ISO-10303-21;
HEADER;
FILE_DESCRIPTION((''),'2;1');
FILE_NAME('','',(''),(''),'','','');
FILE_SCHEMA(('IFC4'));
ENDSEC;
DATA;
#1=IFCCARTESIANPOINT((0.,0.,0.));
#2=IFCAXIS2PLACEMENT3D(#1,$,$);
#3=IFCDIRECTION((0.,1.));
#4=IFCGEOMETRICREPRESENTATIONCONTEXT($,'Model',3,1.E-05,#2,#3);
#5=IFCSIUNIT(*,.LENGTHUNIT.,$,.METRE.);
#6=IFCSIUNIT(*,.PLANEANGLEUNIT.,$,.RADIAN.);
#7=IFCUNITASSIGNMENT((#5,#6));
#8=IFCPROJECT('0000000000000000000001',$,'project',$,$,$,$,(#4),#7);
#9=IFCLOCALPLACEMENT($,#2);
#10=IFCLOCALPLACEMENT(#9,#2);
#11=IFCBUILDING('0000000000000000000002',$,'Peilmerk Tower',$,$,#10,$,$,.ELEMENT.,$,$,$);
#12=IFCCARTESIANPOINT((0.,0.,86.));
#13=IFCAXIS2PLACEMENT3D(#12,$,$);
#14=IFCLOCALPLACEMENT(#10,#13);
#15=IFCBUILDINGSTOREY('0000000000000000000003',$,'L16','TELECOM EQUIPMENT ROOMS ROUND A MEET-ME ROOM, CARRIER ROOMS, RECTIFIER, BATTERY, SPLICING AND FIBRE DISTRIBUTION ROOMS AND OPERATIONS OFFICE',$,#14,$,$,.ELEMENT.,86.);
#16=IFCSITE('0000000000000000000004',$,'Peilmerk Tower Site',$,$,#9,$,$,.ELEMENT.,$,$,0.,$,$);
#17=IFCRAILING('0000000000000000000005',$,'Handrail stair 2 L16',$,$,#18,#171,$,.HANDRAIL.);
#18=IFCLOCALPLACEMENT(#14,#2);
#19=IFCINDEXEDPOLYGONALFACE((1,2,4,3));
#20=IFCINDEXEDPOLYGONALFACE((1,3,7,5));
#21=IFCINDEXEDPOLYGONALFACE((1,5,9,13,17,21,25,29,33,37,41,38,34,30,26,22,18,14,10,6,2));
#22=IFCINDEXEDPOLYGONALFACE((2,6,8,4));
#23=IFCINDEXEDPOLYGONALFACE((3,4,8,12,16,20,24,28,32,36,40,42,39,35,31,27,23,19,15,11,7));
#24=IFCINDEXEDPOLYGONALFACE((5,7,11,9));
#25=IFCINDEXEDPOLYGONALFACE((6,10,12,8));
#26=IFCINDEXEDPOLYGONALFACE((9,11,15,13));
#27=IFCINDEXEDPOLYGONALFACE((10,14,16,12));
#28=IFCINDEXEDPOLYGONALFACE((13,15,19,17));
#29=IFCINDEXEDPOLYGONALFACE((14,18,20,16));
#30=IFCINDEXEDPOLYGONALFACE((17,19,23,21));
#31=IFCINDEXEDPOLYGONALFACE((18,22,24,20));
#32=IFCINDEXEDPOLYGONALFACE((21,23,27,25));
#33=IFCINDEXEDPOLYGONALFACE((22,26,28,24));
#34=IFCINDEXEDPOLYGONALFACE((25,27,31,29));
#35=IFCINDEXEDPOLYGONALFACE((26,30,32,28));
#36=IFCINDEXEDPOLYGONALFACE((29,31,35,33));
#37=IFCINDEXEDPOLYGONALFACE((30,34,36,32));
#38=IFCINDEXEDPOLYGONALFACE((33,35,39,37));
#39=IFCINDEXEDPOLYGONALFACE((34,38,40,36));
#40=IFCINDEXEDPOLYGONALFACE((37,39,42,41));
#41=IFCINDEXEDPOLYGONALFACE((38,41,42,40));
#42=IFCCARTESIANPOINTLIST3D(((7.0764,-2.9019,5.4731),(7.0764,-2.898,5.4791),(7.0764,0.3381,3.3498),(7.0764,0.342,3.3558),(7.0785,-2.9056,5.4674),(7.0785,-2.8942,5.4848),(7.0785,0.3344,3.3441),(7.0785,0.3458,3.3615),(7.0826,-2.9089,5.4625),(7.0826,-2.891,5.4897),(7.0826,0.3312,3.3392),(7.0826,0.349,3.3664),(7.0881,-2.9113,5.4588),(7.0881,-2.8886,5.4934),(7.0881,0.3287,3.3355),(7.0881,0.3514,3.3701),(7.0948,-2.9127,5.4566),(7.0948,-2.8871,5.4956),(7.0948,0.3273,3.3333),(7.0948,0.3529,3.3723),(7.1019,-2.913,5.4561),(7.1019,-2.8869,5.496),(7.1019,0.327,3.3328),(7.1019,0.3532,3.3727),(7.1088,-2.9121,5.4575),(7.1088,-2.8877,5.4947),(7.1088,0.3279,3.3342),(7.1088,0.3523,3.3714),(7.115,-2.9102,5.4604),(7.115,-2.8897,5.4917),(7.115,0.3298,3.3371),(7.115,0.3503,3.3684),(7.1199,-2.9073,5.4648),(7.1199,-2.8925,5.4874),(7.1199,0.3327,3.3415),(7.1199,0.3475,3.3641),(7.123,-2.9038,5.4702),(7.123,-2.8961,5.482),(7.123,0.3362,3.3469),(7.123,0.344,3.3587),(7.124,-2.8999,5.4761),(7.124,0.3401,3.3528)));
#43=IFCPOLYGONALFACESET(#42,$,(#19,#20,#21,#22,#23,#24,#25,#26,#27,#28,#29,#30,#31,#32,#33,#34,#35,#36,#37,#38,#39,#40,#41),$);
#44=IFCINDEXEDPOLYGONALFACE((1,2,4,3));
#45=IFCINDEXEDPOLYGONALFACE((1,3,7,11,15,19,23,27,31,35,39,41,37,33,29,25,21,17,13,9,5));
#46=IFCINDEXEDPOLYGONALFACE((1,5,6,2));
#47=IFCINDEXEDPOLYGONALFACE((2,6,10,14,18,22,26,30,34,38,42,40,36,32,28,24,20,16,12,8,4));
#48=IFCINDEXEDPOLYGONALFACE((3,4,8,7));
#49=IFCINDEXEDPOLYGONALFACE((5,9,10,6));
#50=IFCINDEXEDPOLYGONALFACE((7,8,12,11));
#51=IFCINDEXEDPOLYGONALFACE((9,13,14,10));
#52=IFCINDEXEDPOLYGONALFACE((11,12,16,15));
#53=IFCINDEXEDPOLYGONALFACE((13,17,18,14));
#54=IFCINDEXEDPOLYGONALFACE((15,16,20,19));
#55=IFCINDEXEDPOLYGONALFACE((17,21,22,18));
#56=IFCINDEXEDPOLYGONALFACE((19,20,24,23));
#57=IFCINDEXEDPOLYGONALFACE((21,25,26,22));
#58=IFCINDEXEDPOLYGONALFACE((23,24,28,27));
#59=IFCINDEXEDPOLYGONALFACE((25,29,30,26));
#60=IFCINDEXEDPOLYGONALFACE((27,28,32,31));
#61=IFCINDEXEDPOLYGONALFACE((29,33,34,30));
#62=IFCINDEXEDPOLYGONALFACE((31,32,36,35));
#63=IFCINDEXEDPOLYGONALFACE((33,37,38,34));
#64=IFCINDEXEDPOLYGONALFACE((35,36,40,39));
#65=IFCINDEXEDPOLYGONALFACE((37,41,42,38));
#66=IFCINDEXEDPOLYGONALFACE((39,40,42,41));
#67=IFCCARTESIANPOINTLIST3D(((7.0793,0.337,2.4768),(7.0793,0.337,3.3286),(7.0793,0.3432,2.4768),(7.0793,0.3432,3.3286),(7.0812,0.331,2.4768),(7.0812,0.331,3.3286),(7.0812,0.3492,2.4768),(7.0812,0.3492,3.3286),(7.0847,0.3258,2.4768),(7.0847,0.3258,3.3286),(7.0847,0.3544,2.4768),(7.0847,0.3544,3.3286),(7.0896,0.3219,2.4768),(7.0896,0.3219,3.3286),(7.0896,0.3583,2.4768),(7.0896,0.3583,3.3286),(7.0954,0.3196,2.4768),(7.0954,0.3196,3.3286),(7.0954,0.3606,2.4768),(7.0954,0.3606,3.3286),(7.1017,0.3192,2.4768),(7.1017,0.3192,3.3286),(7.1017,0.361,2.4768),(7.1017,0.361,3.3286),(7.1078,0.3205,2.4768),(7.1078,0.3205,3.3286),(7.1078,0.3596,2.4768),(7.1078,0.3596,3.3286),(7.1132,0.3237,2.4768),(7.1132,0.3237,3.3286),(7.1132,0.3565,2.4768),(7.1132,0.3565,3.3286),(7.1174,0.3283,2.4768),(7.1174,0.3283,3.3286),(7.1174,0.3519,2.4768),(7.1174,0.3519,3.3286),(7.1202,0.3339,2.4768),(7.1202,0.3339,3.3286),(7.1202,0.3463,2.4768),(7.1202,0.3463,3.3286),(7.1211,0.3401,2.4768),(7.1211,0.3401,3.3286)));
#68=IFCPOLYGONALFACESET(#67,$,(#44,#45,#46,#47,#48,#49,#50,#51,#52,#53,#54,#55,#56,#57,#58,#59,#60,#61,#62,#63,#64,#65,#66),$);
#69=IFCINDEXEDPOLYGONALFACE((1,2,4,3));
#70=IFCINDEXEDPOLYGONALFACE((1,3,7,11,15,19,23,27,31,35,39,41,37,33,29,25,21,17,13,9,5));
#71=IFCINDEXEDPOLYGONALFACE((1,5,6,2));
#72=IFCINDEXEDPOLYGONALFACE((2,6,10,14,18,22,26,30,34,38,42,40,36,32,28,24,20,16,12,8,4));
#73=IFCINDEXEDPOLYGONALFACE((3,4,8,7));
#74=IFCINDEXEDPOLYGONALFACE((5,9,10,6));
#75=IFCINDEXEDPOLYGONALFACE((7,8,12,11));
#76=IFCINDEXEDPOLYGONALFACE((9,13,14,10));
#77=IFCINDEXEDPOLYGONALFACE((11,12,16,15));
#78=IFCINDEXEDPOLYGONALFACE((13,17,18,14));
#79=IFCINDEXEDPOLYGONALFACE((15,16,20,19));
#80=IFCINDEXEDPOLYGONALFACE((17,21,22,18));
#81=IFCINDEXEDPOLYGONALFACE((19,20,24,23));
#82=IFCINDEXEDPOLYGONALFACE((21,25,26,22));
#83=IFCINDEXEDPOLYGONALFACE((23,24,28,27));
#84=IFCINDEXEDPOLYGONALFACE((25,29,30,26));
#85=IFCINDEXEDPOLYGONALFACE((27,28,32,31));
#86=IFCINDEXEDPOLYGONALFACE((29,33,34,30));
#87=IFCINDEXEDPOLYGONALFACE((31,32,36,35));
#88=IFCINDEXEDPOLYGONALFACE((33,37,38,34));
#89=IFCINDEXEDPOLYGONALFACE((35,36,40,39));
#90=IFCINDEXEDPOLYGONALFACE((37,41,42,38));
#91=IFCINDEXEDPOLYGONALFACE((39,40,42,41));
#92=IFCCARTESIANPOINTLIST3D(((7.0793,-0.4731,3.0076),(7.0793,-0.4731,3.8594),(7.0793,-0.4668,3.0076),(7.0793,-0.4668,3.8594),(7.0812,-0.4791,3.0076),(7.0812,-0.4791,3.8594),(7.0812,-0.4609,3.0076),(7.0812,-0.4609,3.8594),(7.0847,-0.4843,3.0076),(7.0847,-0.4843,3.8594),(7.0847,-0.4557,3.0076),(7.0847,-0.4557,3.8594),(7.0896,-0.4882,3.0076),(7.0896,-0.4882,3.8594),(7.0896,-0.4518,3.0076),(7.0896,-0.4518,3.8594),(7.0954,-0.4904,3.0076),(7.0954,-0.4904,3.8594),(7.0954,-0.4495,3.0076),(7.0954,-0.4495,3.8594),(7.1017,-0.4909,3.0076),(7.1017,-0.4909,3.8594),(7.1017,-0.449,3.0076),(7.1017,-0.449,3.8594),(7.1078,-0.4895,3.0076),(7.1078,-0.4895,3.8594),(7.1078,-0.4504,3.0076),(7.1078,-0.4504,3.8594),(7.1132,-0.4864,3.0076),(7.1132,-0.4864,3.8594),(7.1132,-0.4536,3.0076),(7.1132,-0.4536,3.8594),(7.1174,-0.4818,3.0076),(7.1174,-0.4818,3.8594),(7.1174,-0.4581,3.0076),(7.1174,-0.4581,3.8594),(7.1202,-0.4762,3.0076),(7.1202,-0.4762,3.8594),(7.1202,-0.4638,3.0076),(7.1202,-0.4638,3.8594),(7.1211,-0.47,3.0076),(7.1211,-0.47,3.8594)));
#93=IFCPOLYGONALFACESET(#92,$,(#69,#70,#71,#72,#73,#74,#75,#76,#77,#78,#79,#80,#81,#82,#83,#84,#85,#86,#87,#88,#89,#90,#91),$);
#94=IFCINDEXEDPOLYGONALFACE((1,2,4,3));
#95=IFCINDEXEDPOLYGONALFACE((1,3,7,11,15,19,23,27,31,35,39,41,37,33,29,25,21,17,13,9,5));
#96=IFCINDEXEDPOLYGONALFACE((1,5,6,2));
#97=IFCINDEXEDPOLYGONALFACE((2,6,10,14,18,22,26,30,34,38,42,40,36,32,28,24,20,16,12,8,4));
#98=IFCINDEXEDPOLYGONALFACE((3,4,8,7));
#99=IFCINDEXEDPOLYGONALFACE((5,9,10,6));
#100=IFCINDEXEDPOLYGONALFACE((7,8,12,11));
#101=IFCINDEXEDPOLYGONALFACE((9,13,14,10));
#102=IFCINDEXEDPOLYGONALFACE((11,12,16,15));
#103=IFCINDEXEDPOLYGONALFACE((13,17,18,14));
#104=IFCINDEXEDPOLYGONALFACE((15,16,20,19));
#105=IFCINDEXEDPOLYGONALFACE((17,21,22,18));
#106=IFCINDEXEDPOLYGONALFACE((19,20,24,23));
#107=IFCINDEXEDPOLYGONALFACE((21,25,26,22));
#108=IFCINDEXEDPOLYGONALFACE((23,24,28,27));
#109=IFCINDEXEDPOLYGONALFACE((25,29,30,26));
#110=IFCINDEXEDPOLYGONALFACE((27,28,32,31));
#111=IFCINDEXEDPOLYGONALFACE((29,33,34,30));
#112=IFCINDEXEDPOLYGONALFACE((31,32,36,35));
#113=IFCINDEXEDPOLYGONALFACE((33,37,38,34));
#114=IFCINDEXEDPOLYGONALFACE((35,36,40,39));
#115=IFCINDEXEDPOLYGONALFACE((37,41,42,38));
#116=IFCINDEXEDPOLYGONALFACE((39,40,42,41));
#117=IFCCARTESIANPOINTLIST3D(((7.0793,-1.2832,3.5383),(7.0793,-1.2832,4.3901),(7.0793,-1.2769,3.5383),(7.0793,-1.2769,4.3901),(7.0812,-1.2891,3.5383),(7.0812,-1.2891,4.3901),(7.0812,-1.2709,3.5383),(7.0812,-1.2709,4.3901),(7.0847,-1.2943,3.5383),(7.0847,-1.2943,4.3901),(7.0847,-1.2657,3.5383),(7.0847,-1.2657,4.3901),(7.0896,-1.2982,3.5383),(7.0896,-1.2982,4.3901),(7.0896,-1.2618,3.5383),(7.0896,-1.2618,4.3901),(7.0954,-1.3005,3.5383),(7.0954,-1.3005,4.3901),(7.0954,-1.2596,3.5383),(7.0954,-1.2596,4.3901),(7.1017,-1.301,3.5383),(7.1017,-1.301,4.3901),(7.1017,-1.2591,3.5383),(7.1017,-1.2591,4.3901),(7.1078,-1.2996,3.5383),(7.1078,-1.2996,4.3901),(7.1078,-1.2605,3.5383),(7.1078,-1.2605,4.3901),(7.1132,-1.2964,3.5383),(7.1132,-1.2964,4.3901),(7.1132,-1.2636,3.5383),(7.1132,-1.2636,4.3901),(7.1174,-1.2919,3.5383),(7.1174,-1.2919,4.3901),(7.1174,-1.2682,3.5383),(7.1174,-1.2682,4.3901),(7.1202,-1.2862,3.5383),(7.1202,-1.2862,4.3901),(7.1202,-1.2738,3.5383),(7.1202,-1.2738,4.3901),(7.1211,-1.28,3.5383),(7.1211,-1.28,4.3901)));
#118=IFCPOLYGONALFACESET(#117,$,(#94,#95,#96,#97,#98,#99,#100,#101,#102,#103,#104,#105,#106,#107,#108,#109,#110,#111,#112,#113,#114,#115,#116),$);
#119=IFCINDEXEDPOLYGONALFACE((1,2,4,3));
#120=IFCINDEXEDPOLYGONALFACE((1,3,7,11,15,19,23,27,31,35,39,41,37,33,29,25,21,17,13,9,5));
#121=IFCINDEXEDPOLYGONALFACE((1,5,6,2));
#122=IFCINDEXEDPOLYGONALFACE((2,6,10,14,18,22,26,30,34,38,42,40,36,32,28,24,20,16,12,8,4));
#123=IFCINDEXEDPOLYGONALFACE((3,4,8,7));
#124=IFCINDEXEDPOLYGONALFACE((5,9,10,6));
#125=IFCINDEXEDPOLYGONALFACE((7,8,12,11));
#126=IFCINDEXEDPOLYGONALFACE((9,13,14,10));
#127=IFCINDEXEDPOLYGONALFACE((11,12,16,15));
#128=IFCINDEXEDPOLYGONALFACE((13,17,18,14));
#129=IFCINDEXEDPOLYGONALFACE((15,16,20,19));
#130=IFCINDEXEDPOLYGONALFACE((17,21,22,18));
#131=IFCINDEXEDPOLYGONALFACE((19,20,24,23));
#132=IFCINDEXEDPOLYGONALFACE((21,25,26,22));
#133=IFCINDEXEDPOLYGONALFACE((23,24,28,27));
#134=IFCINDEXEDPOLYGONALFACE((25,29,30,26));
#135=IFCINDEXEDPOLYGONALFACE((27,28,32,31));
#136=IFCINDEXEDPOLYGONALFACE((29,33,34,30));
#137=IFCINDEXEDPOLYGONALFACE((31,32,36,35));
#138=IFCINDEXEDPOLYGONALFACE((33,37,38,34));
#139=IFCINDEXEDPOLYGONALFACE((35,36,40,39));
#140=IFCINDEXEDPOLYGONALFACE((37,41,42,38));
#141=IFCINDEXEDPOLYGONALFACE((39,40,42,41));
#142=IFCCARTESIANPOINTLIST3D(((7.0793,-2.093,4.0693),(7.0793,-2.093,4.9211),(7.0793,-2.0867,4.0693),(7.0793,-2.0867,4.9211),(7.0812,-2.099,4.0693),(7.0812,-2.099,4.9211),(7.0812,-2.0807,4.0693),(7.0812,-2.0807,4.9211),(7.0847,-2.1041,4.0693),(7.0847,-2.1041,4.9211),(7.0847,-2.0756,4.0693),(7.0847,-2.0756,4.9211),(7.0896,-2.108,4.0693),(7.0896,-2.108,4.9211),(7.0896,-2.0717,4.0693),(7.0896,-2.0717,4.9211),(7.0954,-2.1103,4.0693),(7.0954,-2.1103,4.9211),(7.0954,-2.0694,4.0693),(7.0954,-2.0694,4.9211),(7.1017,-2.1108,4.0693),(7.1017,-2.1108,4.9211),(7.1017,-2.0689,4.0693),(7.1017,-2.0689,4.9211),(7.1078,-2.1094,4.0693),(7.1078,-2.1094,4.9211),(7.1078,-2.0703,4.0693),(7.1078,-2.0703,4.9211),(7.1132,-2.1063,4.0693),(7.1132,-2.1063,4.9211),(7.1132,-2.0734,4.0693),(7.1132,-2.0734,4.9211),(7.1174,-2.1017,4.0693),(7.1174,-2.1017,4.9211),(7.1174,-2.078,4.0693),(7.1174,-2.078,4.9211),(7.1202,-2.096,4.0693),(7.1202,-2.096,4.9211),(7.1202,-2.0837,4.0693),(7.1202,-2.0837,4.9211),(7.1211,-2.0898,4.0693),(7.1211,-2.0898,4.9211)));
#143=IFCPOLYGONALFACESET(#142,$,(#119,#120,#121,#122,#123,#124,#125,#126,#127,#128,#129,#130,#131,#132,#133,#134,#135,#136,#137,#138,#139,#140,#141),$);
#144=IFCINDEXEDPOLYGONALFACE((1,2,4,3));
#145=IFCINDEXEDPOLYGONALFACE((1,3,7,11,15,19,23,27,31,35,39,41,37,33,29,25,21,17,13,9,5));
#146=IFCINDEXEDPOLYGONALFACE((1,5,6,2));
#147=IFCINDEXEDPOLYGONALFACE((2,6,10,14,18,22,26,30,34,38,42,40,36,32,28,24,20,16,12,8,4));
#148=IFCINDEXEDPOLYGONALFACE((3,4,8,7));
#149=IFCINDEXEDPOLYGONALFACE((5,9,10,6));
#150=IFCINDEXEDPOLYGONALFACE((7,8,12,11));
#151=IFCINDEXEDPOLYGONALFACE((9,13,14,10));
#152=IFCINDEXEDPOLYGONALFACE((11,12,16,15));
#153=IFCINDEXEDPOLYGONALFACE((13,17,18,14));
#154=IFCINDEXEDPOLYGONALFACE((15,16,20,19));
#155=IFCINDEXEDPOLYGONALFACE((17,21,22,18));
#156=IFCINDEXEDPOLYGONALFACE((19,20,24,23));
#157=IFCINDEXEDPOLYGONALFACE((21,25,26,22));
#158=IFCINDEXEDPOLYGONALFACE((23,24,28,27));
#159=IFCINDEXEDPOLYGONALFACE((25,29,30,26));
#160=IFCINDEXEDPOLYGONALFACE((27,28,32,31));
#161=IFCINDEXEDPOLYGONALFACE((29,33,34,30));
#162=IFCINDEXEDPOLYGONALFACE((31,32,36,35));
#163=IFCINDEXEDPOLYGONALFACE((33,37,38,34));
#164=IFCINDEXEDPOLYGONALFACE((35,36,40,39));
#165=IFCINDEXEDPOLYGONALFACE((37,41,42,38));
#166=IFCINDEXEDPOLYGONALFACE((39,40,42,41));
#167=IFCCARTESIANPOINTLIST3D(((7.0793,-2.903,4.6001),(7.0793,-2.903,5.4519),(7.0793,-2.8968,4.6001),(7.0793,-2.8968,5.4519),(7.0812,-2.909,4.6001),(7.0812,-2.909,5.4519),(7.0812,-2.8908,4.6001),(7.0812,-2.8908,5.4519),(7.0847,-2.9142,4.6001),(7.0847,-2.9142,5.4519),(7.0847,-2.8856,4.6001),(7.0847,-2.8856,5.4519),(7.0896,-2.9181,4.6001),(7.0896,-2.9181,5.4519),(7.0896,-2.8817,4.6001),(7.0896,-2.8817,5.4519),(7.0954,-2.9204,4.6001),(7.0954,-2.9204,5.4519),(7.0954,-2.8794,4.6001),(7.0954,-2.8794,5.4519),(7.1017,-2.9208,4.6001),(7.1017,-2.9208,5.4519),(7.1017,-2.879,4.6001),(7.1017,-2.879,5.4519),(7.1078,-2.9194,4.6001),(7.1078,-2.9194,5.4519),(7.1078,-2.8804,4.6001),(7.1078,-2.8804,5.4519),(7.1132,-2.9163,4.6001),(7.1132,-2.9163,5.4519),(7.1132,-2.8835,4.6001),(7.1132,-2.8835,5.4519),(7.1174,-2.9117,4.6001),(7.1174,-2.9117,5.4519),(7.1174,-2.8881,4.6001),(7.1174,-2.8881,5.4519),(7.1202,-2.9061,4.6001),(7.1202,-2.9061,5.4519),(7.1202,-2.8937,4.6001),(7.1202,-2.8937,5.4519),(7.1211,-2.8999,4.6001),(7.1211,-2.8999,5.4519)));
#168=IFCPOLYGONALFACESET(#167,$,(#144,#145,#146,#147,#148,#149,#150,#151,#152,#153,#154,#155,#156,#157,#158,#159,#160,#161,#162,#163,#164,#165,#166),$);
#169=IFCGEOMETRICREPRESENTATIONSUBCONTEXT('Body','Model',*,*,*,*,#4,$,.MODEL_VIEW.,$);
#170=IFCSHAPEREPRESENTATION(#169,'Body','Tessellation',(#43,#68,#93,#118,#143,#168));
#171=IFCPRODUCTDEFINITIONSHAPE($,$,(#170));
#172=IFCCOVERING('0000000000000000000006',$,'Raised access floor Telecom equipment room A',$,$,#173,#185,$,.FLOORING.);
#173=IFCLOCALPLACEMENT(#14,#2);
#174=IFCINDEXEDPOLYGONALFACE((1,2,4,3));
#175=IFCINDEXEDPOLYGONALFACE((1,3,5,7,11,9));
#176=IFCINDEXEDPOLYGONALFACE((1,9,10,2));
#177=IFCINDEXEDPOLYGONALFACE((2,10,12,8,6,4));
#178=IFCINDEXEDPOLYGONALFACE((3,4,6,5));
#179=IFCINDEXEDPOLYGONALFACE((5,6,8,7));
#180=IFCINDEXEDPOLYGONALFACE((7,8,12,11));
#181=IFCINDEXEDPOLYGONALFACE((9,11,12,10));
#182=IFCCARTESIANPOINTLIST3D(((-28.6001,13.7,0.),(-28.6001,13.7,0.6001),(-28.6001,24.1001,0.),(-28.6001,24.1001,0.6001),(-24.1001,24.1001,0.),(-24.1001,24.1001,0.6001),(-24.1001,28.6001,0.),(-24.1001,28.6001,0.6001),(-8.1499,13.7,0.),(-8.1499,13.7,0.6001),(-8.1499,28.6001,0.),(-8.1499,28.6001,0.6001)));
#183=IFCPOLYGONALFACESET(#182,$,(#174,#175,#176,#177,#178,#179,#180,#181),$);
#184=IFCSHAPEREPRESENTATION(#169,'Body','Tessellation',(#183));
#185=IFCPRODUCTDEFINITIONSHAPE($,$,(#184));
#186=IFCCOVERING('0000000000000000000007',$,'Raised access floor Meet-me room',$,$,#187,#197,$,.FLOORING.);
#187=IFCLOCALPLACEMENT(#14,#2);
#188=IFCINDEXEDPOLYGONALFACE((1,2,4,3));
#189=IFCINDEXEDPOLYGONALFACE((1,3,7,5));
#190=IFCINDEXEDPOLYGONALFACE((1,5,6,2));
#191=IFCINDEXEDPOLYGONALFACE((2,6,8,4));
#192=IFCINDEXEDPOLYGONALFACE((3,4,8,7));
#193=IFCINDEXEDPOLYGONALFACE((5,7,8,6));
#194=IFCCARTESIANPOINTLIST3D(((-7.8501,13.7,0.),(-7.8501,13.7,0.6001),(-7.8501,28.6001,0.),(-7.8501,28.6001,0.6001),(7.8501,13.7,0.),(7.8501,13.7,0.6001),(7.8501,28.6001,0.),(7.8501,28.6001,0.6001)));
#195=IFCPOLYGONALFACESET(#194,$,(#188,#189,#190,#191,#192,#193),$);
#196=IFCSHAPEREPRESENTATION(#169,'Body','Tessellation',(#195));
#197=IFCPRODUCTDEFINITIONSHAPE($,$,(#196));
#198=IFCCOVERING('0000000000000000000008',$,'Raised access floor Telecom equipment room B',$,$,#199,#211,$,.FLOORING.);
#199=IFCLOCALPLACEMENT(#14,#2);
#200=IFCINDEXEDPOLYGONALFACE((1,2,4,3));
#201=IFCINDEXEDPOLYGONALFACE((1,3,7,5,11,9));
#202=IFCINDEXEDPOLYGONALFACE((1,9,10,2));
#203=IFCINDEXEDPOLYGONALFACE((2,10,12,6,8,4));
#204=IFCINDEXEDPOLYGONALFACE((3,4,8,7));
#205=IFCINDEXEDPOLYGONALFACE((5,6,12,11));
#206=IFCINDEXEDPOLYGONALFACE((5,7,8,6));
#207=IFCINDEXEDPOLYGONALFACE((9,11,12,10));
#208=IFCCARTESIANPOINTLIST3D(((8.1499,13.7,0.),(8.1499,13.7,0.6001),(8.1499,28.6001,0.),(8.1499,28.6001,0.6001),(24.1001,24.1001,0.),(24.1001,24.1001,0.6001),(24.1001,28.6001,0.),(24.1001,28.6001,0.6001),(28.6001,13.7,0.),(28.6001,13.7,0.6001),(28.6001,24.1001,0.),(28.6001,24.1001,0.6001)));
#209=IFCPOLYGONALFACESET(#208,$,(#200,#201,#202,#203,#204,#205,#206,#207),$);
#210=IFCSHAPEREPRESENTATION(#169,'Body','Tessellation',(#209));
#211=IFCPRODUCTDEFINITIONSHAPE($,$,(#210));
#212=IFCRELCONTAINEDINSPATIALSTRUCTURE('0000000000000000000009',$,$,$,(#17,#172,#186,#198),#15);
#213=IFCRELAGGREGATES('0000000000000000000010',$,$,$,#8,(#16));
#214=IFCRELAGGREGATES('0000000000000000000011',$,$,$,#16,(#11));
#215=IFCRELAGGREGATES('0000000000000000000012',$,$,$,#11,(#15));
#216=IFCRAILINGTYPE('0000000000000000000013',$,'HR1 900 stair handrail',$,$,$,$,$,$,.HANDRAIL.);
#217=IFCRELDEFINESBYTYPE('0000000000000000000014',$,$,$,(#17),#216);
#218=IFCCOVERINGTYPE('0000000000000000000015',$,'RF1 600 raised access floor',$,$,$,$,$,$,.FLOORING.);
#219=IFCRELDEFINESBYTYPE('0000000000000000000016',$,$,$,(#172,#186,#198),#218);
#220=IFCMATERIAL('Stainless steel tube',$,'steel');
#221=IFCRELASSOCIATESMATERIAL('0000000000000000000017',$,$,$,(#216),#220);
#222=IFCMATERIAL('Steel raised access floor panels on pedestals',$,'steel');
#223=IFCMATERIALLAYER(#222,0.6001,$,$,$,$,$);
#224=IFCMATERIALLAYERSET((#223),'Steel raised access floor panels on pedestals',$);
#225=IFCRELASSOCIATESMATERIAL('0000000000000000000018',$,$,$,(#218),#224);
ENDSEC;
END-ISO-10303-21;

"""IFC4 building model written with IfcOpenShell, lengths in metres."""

from ifc_helpers import new_model, si_unit, direction, frame, origin, origin_2d, place, context, subcontext, project, spatial, polyline, circle, outline, extrude, material, layer, layer_set, type_object, element, save


model = new_model("IFC4")

# Units and contexts
model_context = context("Model", 3, precision=1e-05, world=origin(), true_north=direction((0.0, 1.0)))
body_context = subcontext(model_context, "Body", "Model", "MODEL_VIEW")
ifc_project = project(units=[si_unit("LENGTHUNIT", "METRE"), si_unit("PLANEANGLEUNIT", "RADIAN")], contexts=[model_context])

# Site, building, storey
site_placement = place(None, origin())
site = spatial("IfcSite", under=ifc_project, at=site_placement, Name="Peilmerk Tower Site", CompositionType="ELEMENT", RefElevation=0.0)
building_placement = place(site_placement, origin())
building = spatial("IfcBuilding", under=site, at=building_placement, Name="Peilmerk Tower", CompositionType="ELEMENT")
storey_placement = place(building_placement, frame((0.0, 0.0, 86.0)))
storey = spatial("IfcBuildingStorey", under=building, at=storey_placement, Name="L16", Description="TELECOM EQUIPMENT ROOMS ROUND A MEET-ME ROOM, CARRIER ROOMS, RECTIFIER, BATTERY, SPLICING AND FIBRE DISTRIBUTION ROOMS AND OPERATIONS OFFICE", CompositionType="ELEMENT", Elevation=86.0)

# Railing
ifc_material_1 = material(Name="Stainless steel tube", Category="steel")
railing_type_1 = type_object("IfcRailingType", Name="HR1 900 stair handrail", PredefinedType="HANDRAIL", material=ifc_material_1)
railing_1_placement = place(storey_placement, frame((7.1001, 0.3401, 2.4768)))
element("IfcRailing", 1, at=railing_1_placement, inside=storey, type_object=railing_type_1, Name="Handrail stair 2 L16", PredefinedType="HANDRAIL", context=body_context, shape_type="SweptSolid", body=[
    extrude(circle(Radius=0.0239, at=origin_2d()), frame((0.0, 0.0, 0.876), z_axis=(0.0, -0.836397, 0.548124), x_axis=(1.0, 0.0, 0.0)), (0.0, 0.0, 1.0), 3.8738),
    extrude(circle(Radius=0.021, at=origin_2d()), origin(), (0.0, 0.0, 1.0), 0.8518),
    extrude(circle(Radius=0.021, at=origin_2d()), frame((0.0, -0.8101, 0.5308)), (0.0, 0.0, 1.0), 0.8518),
    extrude(circle(Radius=0.021, at=origin_2d()), frame((0.0, -1.6201, 1.0615)), (0.0, 0.0, 1.0), 0.8518),
    extrude(circle(Radius=0.021, at=origin_2d()), frame((0.0, -2.4299, 1.5925)), (0.0, 0.0, 1.0), 0.8518),
    extrude(circle(Radius=0.021, at=origin_2d()), frame((0.0, -3.24, 2.1233)), (0.0, 0.0, 1.0), 0.8518),
])

# Coverings
ifc_material_2 = material(Name="Steel raised access floor panels on pedestals", Category="steel")
ifc_layer_1 = layer(ifc_material_2, 0.6001)
ifc_layer_set_1 = layer_set([ifc_layer_1], Name="Steel raised access floor panels on pedestals")
covering_type_1 = type_object("IfcCoveringType", Name="RF1 600 raised access floor", PredefinedType="FLOORING", material=ifc_layer_set_1)
covering_1_placement = place(storey_placement, origin())
element("IfcCovering", 2, at=covering_1_placement, inside=storey, type_object=covering_type_1, Name="Raised access floor Telecom equipment room A", PredefinedType="FLOORING", context=body_context, shape_type="SweptSolid", body=[
    extrude(outline(polyline([(-28.6001, 24.1001), (-28.6001, 13.7), (-8.1499, 13.7), (-8.1499, 28.6001), (-24.1001, 28.6001), (-24.1001, 24.1001), (-28.6001, 24.1001)])), origin(), (0.0, 0.0, 1.0), 0.6001),
])
covering_2_placement = place(storey_placement, origin())
element("IfcCovering", 3, at=covering_2_placement, inside=storey, type_object=covering_type_1, Name="Raised access floor Meet-me room", PredefinedType="FLOORING", context=body_context, shape_type="SweptSolid", body=[
    extrude(outline(polyline([(7.8501, 28.6001), (-7.8501, 28.6001), (-7.8501, 13.7), (7.8501, 13.7), (7.8501, 28.6001)])), origin(), (0.0, 0.0, 1.0), 0.6001),
])
covering_3_placement = place(storey_placement, origin())
element("IfcCovering", 4, at=covering_3_placement, inside=storey, type_object=covering_type_1, Name="Raised access floor Telecom equipment room B", PredefinedType="FLOORING", context=body_context, shape_type="SweptSolid", body=[
    extrude(outline(polyline([(24.1001, 28.6001), (8.1499, 28.6001), (8.1499, 13.7), (28.6001, 13.7), (28.6001, 24.1001), (24.1001, 24.1001), (24.1001, 28.6001)])), origin(), (0.0, 0.0, 1.0), 0.6001),
])

save(model, "model.ifc")
